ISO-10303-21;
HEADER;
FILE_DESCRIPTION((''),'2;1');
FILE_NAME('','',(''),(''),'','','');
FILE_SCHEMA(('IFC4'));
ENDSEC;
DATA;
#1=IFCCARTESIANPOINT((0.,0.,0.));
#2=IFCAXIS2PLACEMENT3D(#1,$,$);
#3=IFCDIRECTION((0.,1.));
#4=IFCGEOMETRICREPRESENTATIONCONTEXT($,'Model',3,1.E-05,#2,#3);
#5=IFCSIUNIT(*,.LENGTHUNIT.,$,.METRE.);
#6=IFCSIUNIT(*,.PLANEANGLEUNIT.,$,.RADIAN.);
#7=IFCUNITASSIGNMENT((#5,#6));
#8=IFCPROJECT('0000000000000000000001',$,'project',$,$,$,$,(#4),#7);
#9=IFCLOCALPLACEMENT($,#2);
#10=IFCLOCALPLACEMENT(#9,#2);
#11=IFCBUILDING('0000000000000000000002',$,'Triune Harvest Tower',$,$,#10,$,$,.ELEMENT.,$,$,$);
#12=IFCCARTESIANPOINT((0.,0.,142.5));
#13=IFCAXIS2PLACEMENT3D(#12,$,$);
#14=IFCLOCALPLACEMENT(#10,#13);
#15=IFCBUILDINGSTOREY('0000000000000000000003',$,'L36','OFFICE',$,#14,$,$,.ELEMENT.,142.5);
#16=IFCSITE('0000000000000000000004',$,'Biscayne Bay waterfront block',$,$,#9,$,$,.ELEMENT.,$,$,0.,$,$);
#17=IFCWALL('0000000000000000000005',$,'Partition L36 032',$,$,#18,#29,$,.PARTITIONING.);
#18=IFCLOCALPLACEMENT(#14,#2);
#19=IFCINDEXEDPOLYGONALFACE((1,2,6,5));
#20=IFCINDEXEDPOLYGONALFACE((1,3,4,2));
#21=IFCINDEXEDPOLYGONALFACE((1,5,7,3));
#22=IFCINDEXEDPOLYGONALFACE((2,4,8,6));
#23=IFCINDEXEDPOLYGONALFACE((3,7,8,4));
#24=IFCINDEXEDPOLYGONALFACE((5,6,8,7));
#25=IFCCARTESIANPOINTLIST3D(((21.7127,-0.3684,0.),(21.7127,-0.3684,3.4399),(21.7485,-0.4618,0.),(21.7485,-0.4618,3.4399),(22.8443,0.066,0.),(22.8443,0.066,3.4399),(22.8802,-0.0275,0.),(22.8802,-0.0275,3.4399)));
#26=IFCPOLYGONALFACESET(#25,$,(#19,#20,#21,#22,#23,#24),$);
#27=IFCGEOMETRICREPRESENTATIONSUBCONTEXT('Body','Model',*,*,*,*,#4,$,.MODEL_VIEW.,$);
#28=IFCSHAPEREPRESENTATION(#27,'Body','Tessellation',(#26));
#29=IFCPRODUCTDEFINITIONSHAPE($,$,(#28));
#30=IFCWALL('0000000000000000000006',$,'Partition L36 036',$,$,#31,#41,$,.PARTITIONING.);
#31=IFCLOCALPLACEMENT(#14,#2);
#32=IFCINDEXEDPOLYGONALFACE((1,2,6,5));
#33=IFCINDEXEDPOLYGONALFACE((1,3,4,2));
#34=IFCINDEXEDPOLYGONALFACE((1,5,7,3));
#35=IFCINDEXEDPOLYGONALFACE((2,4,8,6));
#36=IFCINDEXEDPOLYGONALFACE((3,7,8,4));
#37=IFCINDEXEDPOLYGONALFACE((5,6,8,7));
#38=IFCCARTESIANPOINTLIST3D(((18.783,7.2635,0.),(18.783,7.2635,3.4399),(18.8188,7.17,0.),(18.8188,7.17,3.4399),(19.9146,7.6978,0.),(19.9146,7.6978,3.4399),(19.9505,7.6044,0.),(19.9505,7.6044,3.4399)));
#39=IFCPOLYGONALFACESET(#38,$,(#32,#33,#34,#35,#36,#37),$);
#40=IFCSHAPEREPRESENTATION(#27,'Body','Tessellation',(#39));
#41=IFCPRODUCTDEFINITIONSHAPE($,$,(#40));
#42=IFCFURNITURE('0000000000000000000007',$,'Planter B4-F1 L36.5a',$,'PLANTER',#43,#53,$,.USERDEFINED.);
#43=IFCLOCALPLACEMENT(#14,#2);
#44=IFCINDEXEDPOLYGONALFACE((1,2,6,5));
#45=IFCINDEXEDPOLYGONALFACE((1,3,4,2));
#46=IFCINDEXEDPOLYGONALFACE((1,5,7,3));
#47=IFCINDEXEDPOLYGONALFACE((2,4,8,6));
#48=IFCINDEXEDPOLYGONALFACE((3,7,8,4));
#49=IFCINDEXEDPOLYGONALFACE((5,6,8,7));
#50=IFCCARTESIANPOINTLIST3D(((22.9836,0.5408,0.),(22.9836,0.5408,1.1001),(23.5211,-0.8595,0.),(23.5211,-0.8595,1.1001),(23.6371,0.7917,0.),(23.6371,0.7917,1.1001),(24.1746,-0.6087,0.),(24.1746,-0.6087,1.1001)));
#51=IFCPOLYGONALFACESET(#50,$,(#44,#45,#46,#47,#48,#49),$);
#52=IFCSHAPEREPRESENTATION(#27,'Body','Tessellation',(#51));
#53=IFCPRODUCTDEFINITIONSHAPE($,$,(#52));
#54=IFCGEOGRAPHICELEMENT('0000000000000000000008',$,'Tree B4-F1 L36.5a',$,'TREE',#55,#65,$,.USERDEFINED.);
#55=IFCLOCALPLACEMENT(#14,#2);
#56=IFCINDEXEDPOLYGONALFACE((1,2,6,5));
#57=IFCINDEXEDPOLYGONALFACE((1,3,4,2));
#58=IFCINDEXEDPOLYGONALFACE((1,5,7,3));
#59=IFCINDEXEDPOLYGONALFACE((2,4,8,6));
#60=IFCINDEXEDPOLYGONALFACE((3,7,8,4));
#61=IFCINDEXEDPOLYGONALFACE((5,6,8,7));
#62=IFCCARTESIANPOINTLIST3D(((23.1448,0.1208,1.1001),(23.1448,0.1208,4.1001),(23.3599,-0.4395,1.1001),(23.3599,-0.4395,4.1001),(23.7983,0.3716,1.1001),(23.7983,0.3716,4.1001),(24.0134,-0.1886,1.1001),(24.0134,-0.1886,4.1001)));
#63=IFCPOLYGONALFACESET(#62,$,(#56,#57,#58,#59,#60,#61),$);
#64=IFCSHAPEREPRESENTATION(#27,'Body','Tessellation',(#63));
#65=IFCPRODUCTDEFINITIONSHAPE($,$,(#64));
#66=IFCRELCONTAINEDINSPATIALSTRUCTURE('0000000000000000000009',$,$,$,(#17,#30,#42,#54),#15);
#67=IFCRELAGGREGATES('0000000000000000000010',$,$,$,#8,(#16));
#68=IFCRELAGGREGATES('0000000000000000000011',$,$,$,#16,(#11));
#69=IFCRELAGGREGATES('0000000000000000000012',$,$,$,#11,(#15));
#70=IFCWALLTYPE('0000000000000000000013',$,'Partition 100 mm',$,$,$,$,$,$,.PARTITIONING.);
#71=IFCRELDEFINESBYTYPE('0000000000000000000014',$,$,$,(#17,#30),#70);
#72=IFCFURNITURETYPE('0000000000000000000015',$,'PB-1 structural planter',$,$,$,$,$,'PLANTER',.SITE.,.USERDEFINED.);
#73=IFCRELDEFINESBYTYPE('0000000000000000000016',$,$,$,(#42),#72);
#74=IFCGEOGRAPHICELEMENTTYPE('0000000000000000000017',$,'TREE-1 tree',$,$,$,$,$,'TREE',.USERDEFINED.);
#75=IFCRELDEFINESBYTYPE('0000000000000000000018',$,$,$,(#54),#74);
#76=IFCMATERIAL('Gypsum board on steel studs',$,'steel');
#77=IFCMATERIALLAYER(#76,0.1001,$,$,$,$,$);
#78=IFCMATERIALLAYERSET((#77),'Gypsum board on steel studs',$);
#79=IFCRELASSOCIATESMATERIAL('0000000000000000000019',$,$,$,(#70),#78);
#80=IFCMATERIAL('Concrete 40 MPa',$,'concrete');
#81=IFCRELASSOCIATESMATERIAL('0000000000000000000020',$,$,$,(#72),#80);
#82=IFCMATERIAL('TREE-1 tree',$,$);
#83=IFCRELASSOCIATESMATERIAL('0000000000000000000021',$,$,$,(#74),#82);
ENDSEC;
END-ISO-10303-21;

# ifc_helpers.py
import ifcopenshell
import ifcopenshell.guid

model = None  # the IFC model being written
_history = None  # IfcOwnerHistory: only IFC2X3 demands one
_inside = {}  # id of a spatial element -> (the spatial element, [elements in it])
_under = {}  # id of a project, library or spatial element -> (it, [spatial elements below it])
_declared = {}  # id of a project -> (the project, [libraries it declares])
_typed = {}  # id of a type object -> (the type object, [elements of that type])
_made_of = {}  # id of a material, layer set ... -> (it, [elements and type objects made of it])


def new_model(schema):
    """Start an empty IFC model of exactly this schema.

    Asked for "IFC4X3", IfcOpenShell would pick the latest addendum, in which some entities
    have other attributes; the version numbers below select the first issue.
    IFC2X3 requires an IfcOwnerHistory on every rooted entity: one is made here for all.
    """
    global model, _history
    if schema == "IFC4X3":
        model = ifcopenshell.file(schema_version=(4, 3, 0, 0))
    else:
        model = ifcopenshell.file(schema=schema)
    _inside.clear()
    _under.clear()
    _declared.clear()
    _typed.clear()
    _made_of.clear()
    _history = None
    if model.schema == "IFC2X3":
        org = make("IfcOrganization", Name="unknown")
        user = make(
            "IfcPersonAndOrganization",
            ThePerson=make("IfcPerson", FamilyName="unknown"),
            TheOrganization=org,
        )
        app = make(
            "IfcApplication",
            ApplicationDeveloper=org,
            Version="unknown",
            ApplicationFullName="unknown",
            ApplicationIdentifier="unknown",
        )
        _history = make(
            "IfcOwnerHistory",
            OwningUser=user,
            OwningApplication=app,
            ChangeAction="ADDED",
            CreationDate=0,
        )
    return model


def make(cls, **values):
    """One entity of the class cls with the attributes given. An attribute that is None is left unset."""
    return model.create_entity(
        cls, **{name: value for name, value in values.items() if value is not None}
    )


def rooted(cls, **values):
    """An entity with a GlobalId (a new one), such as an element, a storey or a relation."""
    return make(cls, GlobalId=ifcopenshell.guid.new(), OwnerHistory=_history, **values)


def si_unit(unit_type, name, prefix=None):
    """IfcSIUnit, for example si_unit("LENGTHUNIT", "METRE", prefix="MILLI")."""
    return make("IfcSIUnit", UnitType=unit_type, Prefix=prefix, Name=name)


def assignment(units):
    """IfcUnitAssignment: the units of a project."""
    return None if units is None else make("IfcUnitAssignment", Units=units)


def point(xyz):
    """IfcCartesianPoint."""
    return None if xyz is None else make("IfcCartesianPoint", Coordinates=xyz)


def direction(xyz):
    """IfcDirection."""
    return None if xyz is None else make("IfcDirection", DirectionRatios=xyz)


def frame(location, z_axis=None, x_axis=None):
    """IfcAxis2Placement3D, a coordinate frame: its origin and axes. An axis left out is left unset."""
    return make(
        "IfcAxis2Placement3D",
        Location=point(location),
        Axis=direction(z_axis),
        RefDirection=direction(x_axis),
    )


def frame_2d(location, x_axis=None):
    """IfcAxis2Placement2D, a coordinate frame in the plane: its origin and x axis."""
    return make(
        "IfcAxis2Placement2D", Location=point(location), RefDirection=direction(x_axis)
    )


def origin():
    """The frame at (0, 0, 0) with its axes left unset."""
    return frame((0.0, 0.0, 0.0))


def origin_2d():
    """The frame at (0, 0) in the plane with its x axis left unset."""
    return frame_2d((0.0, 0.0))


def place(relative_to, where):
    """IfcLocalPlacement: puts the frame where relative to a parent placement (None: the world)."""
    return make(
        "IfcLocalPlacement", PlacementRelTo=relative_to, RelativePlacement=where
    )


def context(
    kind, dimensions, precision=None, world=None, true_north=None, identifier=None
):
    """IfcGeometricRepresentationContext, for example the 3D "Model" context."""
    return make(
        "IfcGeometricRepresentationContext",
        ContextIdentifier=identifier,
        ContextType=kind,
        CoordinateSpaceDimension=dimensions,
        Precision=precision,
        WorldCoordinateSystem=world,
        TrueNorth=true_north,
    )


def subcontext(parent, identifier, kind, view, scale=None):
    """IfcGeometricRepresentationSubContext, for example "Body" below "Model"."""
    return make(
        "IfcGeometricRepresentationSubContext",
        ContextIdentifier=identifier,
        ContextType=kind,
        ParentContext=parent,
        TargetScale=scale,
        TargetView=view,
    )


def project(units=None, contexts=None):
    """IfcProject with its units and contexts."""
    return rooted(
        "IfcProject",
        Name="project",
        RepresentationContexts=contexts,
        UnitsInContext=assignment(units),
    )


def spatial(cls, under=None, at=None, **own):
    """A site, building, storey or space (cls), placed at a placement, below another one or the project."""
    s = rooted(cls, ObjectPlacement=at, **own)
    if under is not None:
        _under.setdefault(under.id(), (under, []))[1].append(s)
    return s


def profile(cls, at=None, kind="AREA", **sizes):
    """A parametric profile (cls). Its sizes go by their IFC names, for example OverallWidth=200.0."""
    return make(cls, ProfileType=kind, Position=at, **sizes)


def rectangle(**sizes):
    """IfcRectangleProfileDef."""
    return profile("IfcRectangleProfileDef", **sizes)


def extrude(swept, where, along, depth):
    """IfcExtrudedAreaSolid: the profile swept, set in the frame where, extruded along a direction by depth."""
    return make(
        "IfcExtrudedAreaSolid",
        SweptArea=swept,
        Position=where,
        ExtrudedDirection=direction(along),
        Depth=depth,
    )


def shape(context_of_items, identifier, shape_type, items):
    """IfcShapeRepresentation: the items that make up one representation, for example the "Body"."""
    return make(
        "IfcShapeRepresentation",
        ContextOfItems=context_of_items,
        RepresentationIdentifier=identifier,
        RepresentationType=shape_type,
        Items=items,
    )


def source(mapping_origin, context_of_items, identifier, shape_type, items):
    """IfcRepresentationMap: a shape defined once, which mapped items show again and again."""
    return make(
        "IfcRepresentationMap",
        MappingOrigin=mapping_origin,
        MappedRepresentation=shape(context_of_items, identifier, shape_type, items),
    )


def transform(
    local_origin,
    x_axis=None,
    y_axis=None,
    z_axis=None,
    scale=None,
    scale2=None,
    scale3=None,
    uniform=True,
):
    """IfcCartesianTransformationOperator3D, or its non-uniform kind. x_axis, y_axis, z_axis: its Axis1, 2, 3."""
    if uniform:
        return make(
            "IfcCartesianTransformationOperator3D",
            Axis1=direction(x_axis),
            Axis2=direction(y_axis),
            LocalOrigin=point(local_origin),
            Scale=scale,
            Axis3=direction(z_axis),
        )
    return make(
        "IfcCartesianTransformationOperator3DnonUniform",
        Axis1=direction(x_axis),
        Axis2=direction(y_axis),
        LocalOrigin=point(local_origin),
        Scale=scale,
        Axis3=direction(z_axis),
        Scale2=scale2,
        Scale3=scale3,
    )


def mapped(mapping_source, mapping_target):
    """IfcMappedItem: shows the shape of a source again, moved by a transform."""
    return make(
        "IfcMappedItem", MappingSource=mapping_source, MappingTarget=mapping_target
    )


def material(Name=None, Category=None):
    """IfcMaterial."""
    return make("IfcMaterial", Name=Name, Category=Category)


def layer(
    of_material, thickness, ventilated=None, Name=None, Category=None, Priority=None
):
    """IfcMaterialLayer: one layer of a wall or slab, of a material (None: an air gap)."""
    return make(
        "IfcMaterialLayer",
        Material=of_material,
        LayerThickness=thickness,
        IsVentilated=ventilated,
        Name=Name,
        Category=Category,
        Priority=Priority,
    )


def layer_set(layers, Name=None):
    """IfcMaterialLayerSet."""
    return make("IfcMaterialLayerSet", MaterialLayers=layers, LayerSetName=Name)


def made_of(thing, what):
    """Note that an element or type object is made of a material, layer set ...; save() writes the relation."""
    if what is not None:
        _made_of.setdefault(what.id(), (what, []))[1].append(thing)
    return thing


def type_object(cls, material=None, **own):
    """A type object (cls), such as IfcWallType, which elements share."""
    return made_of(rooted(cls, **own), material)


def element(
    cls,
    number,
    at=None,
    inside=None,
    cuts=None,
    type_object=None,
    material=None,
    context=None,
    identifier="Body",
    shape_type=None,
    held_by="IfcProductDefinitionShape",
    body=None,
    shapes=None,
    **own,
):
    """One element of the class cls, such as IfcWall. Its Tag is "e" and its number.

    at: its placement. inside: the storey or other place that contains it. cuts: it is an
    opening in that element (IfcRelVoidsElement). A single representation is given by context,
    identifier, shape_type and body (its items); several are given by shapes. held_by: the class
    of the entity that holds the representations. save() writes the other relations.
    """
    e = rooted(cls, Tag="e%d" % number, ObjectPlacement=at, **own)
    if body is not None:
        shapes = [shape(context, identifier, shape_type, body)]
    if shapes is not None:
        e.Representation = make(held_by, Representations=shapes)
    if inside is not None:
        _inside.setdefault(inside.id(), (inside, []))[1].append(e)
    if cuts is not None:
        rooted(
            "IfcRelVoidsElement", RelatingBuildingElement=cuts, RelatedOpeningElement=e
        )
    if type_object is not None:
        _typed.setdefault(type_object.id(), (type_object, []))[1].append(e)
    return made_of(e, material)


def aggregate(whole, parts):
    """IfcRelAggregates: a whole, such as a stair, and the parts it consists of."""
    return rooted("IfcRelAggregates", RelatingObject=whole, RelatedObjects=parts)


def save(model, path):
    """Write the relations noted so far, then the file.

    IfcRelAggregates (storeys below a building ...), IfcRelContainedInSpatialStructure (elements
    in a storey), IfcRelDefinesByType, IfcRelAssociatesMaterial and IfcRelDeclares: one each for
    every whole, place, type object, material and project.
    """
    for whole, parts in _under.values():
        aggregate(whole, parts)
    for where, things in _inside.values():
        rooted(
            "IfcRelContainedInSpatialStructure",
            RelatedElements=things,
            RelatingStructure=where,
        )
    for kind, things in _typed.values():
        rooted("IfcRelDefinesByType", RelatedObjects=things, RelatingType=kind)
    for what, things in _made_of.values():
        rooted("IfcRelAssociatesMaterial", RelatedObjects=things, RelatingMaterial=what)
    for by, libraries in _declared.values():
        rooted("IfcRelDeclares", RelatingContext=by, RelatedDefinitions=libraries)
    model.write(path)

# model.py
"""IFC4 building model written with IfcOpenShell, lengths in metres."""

from ifc_helpers import new_model, si_unit, direction, frame, frame_2d, origin, origin_2d, place, context, subcontext, project, spatial, rectangle, extrude, source, transform, mapped, material, layer, layer_set, type_object, element, save


model = new_model("IFC4")

# Units and contexts
model_context = context("Model", 3, precision=1e-05, world=origin(), true_north=direction((0.0, 1.0)))
body_context = subcontext(model_context, "Body", "Model", "MODEL_VIEW")
ifc_project = project(units=[si_unit("LENGTHUNIT", "METRE"), si_unit("PLANEANGLEUNIT", "RADIAN")], contexts=[model_context])

# Site, building, storey
site_placement = place(None, origin())
site = spatial("IfcSite", under=ifc_project, at=site_placement, Name="Biscayne Bay waterfront block", CompositionType="ELEMENT", RefElevation=0.0)
building_placement = place(site_placement, origin())
building = spatial("IfcBuilding", under=site, at=building_placement, Name="Triune Harvest Tower", CompositionType="ELEMENT")
storey_placement = place(building_placement, frame((0.0, 0.0, 142.5)))
storey = spatial("IfcBuildingStorey", under=building, at=storey_placement, Name="L36", Description="OFFICE", CompositionType="ELEMENT", Elevation=142.5)

# Walls
ifc_material_1 = material(Name="Gypsum board on steel studs", Category="steel")
ifc_layer_1 = layer(ifc_material_1, 0.1001)
ifc_layer_set_1 = layer_set([ifc_layer_1], Name="Gypsum board on steel studs")
wall_type_1 = type_object("IfcWallType", Name="Partition 100 mm", PredefinedType="PARTITIONING", material=ifc_layer_set_1)
shared_shape_1 = source(origin(), body_context, "Body", "SweptSolid", [
    extrude(rectangle(XDim=1.2122, YDim=0.1001, at=frame_2d((0.606, 0.0))), origin(), (0.0, 0.0, 1.0), 3.4399),
])
for number, where, z_axis, x_axis, name in (
    (1, (21.7307, -0.415, 0.0), (0.0, 0.0, 1.0), (0.933595, 0.358331, 0.0), "Partition L36 032"),
    (2, (18.801, 7.2168, 0.0), (0.0, 0.0, 1.0), (0.933595, 0.358331, 0.0), "Partition L36 036"),
):
    element("IfcWall", number, at=place(storey_placement, frame(where, z_axis=z_axis, x_axis=x_axis)), inside=storey, type_object=wall_type_1, Name=name, PredefinedType="PARTITIONING", context=body_context, shape_type="MappedRepresentation", body=[
        mapped(shared_shape_1, transform((0.0, 0.0, 0.0), scale=1.0)),
    ])

# Furniture
ifc_material_2 = material(Name="Concrete 40 MPa", Category="concrete")
furniture_type = type_object("IfcFurnitureType", Name="PB-1 structural planter", ElementType="PLANTER", AssemblyPlace="SITE", PredefinedType="USERDEFINED", material=ifc_material_2)
shared_shape_2 = source(origin(), body_context, "Body", "SweptSolid", [
    extrude(rectangle(XDim=1.5, YDim=0.7, at=origin_2d()), origin(), (0.0, 0.0, 1.0), 1.1001),
])
furniture_placement = place(storey_placement, frame((23.5791, -0.0339, 0.0), z_axis=(0.0, 0.0, 1.0), x_axis=(-0.358369, 0.93358, 0.0)))
element("IfcFurniture", 3, at=furniture_placement, inside=storey, type_object=furniture_type, Name="Planter B4-F1 L36.5a", ObjectType="PLANTER", PredefinedType="USERDEFINED", context=body_context, shape_type="MappedRepresentation", body=[
    mapped(shared_shape_2, transform((0.0, 0.0, 0.0), scale=1.0)),
])

# Geographic element
ifc_material_3 = material(Name="TREE-1 tree")
geographic_element_type = type_object("IfcGeographicElementType", Name="TREE-1 tree", ElementType="TREE", PredefinedType="USERDEFINED", material=ifc_material_3)
shared_shape_3 = source(origin(), body_context, "Body", "SweptSolid", [
    extrude(rectangle(XDim=0.6001, YDim=0.7, at=origin_2d()), origin(), (0.0, 0.0, 1.0), 3.0),
])
geographic_element_placement = place(storey_placement, frame((23.5791, -0.0339, 1.1001), z_axis=(0.0, 0.0, 1.0), x_axis=(-0.358369, 0.93358, 0.0)))
element("IfcGeographicElement", 4, at=geographic_element_placement, inside=storey, type_object=geographic_element_type, Name="Tree B4-F1 L36.5a", ObjectType="TREE", PredefinedType="USERDEFINED", context=body_context, shape_type="MappedRepresentation", body=[
    mapped(shared_shape_3, transform((0.0, 0.0, 0.0), scale=1.0)),
])

save(model, "model.ifc")
